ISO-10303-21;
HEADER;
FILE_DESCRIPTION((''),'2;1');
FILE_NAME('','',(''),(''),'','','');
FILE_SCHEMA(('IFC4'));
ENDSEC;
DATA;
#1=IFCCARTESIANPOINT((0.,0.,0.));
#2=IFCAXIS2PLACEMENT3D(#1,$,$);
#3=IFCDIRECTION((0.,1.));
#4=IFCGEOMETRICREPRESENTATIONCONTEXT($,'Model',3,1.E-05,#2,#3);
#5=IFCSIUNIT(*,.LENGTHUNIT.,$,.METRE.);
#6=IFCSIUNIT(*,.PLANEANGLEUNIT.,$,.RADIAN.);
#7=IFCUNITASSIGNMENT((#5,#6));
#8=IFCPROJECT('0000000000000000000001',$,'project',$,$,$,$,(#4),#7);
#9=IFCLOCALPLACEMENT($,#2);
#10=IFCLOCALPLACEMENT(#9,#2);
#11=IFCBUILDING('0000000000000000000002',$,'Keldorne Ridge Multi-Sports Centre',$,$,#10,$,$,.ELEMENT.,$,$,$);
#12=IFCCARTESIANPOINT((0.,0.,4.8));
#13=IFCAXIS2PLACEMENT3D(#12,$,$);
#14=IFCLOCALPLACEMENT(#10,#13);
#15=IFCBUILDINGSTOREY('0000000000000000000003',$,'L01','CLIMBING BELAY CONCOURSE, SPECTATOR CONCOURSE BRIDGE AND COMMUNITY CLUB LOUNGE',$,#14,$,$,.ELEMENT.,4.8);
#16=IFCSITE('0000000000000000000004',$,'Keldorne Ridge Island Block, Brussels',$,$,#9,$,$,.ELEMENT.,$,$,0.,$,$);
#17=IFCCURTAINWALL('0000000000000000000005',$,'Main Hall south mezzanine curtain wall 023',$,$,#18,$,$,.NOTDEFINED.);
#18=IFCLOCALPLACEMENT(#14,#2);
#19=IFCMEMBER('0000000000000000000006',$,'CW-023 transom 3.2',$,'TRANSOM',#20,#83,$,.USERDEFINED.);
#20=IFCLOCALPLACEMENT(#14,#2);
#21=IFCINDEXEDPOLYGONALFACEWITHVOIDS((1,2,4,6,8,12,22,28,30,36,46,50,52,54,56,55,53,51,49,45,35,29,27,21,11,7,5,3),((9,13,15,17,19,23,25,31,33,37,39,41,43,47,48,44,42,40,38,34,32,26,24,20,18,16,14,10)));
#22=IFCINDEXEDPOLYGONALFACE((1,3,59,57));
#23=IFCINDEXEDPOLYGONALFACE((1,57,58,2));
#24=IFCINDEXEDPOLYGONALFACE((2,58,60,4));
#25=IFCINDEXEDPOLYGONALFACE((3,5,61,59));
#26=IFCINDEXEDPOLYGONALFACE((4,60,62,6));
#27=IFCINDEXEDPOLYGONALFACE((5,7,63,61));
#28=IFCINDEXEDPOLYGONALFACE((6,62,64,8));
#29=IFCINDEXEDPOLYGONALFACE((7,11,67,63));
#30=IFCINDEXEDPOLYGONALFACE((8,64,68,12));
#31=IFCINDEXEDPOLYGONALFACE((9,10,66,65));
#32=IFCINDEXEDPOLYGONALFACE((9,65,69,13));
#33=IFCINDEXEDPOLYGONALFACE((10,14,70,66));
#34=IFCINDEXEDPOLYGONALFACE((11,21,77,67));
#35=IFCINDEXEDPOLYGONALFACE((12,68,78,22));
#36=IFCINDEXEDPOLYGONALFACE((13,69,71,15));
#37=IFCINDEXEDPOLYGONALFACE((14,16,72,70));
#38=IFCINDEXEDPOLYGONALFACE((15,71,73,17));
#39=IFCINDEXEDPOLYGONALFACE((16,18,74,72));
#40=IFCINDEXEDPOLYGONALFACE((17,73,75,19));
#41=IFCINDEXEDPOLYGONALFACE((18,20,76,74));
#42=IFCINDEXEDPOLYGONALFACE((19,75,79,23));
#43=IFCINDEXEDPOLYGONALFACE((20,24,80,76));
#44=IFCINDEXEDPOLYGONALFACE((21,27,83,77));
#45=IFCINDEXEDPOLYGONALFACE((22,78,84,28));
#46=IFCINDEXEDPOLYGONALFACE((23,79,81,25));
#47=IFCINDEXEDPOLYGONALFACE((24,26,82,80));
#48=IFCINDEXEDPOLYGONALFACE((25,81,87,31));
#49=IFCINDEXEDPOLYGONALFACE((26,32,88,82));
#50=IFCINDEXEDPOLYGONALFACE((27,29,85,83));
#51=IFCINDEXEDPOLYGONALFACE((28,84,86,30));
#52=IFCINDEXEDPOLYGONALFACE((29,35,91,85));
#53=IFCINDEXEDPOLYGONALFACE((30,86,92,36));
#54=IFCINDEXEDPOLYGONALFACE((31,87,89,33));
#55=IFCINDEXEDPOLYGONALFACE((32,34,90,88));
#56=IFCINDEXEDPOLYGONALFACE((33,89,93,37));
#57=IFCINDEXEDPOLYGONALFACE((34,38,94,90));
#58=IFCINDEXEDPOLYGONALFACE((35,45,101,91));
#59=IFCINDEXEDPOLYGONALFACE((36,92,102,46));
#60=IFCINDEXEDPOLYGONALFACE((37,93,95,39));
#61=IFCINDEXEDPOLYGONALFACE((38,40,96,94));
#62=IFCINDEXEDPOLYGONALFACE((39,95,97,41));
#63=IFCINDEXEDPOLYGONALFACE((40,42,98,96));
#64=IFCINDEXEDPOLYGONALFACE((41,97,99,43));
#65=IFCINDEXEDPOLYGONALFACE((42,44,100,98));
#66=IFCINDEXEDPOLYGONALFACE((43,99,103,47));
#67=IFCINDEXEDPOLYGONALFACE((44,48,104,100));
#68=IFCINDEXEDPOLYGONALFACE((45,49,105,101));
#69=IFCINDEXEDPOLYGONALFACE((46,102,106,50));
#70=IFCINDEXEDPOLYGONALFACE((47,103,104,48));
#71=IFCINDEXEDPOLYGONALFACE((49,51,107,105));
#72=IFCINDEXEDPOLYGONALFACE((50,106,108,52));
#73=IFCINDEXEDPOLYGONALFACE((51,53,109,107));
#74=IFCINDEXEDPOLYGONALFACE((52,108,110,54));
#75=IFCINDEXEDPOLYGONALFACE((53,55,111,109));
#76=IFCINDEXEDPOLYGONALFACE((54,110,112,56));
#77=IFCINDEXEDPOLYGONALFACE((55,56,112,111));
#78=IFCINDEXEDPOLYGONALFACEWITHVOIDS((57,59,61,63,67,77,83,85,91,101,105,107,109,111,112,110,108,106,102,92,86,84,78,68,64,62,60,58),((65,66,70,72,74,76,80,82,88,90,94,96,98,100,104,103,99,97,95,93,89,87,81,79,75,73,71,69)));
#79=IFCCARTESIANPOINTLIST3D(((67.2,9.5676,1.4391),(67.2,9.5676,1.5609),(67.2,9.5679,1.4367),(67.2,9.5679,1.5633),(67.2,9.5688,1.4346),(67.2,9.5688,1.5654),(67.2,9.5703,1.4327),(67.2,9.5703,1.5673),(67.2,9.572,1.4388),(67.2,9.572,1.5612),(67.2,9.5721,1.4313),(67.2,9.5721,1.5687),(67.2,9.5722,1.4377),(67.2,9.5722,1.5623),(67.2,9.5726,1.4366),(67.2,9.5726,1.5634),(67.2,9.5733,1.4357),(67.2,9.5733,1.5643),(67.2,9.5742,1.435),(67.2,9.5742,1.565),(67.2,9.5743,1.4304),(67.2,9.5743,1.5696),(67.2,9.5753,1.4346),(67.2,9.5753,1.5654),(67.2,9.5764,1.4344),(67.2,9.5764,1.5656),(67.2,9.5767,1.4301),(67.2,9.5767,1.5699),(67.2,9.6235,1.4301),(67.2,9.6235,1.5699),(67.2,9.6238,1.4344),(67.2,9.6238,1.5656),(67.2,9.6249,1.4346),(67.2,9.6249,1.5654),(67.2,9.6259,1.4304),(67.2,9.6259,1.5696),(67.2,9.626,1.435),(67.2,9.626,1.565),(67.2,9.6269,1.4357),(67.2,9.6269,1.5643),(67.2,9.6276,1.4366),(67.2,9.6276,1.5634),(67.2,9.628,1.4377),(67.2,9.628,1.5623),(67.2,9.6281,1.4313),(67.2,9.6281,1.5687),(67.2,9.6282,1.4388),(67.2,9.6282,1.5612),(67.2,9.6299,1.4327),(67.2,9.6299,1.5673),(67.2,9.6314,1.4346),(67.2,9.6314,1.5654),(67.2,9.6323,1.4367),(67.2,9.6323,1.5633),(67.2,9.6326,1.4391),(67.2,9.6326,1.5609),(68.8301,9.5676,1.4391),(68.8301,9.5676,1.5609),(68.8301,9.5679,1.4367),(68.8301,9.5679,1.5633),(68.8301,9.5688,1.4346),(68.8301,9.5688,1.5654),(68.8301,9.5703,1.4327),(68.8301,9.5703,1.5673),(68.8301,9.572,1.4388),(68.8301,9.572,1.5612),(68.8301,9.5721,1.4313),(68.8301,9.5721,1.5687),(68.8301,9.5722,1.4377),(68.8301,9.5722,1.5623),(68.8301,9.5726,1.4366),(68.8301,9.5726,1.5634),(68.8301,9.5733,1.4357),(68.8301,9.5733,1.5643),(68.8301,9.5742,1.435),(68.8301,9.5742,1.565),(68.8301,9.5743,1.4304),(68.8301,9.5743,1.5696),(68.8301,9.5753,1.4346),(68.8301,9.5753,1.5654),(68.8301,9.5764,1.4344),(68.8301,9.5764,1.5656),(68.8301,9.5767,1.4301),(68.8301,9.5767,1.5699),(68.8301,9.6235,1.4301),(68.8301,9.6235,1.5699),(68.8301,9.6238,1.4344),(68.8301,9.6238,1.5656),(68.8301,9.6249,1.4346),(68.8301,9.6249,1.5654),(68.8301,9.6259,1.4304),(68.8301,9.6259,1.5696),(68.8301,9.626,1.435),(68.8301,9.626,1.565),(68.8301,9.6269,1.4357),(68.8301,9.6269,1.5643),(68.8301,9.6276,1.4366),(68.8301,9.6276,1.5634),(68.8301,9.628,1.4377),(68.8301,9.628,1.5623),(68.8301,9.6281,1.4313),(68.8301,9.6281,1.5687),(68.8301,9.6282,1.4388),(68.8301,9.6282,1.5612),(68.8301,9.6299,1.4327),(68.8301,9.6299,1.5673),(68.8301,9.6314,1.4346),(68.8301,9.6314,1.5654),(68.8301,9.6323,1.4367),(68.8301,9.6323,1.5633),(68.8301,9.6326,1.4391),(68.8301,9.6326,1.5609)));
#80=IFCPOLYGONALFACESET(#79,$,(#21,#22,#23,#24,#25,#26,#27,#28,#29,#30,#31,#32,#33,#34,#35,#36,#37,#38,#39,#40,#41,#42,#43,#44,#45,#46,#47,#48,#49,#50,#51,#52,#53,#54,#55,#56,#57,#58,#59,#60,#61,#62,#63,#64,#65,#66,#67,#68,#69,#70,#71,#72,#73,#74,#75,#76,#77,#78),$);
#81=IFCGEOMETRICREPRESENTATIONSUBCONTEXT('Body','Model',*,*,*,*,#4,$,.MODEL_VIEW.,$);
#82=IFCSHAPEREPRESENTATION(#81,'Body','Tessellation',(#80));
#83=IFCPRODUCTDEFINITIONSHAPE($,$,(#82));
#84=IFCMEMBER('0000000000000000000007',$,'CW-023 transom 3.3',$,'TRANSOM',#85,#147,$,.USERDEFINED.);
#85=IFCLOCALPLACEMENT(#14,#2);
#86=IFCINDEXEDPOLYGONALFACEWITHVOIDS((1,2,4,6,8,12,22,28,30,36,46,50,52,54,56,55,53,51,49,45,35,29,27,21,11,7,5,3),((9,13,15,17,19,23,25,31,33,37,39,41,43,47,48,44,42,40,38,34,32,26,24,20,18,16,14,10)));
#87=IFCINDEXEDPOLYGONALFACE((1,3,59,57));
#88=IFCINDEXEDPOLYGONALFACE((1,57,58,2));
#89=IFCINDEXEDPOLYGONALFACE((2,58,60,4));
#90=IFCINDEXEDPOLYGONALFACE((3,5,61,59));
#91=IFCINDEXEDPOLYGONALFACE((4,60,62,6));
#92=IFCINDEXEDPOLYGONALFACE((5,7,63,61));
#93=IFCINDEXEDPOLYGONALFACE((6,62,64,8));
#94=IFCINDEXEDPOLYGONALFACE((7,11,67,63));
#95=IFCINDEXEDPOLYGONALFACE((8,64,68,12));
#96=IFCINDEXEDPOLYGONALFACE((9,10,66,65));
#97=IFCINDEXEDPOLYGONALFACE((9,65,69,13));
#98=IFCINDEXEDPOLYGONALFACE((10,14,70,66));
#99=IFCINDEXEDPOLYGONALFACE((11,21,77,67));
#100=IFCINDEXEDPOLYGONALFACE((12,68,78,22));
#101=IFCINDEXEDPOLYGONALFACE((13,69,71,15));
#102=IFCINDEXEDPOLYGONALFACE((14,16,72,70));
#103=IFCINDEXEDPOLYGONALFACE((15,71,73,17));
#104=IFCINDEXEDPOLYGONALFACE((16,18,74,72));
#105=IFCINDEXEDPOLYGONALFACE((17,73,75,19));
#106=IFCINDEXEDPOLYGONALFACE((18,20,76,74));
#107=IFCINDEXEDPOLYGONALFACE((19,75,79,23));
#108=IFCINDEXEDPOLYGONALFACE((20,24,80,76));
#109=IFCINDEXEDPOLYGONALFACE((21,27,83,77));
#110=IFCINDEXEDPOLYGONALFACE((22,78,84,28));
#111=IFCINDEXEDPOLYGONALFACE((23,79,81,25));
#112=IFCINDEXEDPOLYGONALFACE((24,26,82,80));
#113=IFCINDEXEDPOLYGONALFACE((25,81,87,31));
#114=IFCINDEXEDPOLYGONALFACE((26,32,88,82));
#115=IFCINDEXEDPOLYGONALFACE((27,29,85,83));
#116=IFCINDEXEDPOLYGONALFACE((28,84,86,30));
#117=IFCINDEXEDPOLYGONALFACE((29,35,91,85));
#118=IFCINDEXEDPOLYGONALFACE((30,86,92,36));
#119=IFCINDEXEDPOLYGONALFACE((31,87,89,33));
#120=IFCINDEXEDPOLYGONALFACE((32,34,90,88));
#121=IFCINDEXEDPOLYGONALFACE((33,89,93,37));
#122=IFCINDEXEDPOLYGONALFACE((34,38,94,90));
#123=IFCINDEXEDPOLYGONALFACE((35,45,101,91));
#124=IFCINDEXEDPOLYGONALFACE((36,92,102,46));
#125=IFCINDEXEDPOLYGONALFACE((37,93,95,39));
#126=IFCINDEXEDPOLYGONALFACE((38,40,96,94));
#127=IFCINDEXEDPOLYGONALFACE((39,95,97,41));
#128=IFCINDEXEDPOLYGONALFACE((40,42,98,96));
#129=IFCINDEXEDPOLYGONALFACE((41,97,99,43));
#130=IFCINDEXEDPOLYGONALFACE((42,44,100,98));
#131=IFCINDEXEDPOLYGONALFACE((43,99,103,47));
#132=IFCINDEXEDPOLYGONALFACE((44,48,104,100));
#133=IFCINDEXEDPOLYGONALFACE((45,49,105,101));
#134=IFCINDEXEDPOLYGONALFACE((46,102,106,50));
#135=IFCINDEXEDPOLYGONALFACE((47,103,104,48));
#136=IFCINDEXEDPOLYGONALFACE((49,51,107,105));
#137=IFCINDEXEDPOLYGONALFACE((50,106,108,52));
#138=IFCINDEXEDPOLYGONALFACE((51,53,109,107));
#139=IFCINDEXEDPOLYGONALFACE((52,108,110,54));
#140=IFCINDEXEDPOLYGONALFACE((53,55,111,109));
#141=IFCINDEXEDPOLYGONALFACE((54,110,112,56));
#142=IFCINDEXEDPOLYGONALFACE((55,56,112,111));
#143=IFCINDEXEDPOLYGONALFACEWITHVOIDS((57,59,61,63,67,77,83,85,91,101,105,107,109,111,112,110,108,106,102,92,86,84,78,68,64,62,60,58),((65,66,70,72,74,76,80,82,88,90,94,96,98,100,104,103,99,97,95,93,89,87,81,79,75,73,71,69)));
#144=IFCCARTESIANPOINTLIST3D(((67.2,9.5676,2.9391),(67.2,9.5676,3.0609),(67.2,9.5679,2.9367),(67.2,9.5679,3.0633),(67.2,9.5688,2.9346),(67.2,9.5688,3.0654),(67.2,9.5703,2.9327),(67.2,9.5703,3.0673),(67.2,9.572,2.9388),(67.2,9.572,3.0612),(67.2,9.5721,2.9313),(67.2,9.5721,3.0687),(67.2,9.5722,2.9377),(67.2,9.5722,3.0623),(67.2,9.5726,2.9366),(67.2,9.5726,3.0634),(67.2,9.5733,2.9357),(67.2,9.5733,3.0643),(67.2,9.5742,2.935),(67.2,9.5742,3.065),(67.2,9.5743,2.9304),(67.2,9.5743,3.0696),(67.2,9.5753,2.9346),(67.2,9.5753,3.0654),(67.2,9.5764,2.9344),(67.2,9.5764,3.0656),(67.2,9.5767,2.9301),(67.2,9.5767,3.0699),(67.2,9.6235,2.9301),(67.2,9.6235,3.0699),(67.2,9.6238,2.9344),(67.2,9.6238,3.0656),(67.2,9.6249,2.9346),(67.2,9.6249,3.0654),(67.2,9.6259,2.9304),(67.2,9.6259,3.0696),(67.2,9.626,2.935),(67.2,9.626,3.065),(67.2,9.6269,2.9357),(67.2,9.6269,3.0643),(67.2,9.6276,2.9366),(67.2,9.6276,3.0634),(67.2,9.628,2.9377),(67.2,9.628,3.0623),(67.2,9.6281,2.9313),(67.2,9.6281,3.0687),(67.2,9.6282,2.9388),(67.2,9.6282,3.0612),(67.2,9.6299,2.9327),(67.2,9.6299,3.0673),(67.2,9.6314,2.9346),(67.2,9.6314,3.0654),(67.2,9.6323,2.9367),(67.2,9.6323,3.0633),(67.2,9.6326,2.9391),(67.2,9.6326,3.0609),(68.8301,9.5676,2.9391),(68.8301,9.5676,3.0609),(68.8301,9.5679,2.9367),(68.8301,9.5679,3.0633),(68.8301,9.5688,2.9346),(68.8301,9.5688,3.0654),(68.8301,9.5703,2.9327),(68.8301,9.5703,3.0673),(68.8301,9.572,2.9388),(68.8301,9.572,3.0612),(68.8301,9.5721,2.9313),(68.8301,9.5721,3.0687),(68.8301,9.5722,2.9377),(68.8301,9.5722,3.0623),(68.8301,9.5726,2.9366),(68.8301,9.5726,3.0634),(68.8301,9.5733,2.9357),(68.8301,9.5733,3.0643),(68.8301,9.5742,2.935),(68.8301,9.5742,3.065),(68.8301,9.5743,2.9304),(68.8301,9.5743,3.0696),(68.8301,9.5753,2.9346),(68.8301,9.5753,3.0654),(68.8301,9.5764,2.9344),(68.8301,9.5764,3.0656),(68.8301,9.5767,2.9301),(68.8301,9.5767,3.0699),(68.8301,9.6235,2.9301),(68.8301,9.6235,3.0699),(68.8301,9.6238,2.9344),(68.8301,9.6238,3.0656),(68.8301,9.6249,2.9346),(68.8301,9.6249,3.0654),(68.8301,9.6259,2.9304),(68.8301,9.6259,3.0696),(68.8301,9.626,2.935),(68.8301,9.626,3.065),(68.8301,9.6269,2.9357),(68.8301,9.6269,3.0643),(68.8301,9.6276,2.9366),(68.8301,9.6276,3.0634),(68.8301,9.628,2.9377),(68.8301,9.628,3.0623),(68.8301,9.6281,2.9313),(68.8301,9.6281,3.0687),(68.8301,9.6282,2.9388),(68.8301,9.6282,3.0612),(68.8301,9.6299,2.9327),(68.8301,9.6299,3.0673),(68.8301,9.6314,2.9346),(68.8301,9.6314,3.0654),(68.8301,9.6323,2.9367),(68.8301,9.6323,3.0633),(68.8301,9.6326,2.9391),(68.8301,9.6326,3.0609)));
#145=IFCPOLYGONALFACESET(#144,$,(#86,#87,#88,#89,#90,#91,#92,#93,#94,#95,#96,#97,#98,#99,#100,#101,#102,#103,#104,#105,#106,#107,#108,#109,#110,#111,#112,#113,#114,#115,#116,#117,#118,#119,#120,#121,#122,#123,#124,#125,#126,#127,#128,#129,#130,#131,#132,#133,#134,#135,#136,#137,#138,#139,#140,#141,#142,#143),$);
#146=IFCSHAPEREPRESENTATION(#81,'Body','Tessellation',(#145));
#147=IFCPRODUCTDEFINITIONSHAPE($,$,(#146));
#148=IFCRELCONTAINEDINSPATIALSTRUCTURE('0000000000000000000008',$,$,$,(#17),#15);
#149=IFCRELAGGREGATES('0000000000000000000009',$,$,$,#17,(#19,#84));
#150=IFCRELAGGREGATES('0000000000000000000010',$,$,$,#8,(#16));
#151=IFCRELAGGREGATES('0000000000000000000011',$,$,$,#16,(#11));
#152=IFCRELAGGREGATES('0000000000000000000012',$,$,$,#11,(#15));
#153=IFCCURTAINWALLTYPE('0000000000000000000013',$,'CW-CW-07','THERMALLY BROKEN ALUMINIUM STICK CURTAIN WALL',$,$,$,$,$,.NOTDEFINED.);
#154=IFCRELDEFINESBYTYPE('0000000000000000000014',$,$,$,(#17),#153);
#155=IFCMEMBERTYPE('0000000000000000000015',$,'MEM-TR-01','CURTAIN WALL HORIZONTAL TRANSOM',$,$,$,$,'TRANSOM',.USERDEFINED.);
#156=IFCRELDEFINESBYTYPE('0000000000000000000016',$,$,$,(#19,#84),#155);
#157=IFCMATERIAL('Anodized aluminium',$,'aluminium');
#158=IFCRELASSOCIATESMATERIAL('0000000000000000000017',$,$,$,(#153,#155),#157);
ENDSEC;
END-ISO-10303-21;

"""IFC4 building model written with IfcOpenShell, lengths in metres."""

from ifc_helpers import new_model, si_unit, direction, frame, origin, origin_2d, place, context, subcontext, project, spatial, hollow_rectangle, extrude, material, material_profile, profile_set, type_object, element, aggregate, save


model = new_model("IFC4")

# Units and contexts
model_context = context("Model", 3, precision=1e-05, world=origin(), true_north=direction((0.0, 1.0)))
body_context = subcontext(model_context, "Body", "Model", "MODEL_VIEW")
ifc_project = project(units=[si_unit("LENGTHUNIT", "METRE"), si_unit("PLANEANGLEUNIT", "RADIAN")], contexts=[model_context])

# Site, building, storey
site_placement = place(None, origin())
site = spatial("IfcSite", under=ifc_project, at=site_placement, Name="Keldorne Ridge Island Block, Brussels", CompositionType="ELEMENT", RefElevation=0.0)
building_placement = place(site_placement, origin())
building = spatial("IfcBuilding", under=site, at=building_placement, Name="Keldorne Ridge Multi-Sports Centre", CompositionType="ELEMENT")
storey_placement = place(building_placement, frame((0.0, 0.0, 4.8)))
storey = spatial("IfcBuildingStorey", under=building, at=storey_placement, Name="L01", Description="CLIMBING BELAY CONCOURSE, SPECTATOR CONCOURSE BRIDGE AND COMMUNITY CLUB LOUNGE", CompositionType="ELEMENT", Elevation=4.8)

# Shared definitions
ifc_material_1 = material(Name="Anodized aluminium", Category="aluminium")

# Curtain wall, members
curtain_wall_type_1 = type_object("IfcCurtainWallType", Name="CW-CW-07", Description="THERMALLY BROKEN ALUMINIUM STICK CURTAIN WALL", PredefinedType="NOTDEFINED", material=ifc_material_1)
curtain_wall_1_placement = place(storey_placement, origin())
curtain_wall_1 = element("IfcCurtainWall", 1, at=curtain_wall_1_placement, inside=storey, type_object=curtain_wall_type_1, Name="Main Hall south mezzanine curtain wall 023", PredefinedType="NOTDEFINED")
ifc_material_profile_1 = material_profile(ifc_material_1, hollow_rectangle(XDim=0.0649, YDim=0.1399, WallThickness=0.0044, InnerFilletRadius=0.0044, OuterFilletRadius=0.009, at=origin_2d()), Name="ALU TRANSOM 140x65x4.5")
ifc_profile_set_1 = profile_set([ifc_material_profile_1], Name="Anodized aluminium")
member_type_1 = type_object("IfcMemberType", Name="MEM-TR-01", Description="CURTAIN WALL HORIZONTAL TRANSOM", ElementType="TRANSOM", PredefinedType="USERDEFINED", material=ifc_profile_set_1)
member_1_placement = place(storey_placement, frame((67.2, 9.6001, 1.5), z_axis=(1.0, 0.0, 0.0), x_axis=(0.0, 1.0, 0.0)))
member_1 = element("IfcMember", 2, at=member_1_placement, type_object=member_type_1, Name="CW-023 transom 3.2", ObjectType="TRANSOM", PredefinedType="USERDEFINED", context=body_context, shape_type="SweptSolid", body=[
    extrude(hollow_rectangle(XDim=0.0649, YDim=0.1399, WallThickness=0.0044, InnerFilletRadius=0.0044, OuterFilletRadius=0.009, at=origin_2d()), origin(), (0.0, 0.0, 1.0), 1.6301),
])
member_2_placement = place(storey_placement, frame((67.2, 9.6001, 3.0), z_axis=(1.0, 0.0, 0.0), x_axis=(0.0, 1.0, 0.0)))
member_2 = element("IfcMember", 3, at=member_2_placement, type_object=member_type_1, Name="CW-023 transom 3.3", ObjectType="TRANSOM", PredefinedType="USERDEFINED", context=body_context, shape_type="SweptSolid", body=[
    extrude(hollow_rectangle(XDim=0.0649, YDim=0.1399, WallThickness=0.0044, InnerFilletRadius=0.0044, OuterFilletRadius=0.009, at=origin_2d()), origin(), (0.0, 0.0, 1.0), 1.6301),
])

aggregate(curtain_wall_1, [member_1, member_2])

save(model, "model.ifc")
